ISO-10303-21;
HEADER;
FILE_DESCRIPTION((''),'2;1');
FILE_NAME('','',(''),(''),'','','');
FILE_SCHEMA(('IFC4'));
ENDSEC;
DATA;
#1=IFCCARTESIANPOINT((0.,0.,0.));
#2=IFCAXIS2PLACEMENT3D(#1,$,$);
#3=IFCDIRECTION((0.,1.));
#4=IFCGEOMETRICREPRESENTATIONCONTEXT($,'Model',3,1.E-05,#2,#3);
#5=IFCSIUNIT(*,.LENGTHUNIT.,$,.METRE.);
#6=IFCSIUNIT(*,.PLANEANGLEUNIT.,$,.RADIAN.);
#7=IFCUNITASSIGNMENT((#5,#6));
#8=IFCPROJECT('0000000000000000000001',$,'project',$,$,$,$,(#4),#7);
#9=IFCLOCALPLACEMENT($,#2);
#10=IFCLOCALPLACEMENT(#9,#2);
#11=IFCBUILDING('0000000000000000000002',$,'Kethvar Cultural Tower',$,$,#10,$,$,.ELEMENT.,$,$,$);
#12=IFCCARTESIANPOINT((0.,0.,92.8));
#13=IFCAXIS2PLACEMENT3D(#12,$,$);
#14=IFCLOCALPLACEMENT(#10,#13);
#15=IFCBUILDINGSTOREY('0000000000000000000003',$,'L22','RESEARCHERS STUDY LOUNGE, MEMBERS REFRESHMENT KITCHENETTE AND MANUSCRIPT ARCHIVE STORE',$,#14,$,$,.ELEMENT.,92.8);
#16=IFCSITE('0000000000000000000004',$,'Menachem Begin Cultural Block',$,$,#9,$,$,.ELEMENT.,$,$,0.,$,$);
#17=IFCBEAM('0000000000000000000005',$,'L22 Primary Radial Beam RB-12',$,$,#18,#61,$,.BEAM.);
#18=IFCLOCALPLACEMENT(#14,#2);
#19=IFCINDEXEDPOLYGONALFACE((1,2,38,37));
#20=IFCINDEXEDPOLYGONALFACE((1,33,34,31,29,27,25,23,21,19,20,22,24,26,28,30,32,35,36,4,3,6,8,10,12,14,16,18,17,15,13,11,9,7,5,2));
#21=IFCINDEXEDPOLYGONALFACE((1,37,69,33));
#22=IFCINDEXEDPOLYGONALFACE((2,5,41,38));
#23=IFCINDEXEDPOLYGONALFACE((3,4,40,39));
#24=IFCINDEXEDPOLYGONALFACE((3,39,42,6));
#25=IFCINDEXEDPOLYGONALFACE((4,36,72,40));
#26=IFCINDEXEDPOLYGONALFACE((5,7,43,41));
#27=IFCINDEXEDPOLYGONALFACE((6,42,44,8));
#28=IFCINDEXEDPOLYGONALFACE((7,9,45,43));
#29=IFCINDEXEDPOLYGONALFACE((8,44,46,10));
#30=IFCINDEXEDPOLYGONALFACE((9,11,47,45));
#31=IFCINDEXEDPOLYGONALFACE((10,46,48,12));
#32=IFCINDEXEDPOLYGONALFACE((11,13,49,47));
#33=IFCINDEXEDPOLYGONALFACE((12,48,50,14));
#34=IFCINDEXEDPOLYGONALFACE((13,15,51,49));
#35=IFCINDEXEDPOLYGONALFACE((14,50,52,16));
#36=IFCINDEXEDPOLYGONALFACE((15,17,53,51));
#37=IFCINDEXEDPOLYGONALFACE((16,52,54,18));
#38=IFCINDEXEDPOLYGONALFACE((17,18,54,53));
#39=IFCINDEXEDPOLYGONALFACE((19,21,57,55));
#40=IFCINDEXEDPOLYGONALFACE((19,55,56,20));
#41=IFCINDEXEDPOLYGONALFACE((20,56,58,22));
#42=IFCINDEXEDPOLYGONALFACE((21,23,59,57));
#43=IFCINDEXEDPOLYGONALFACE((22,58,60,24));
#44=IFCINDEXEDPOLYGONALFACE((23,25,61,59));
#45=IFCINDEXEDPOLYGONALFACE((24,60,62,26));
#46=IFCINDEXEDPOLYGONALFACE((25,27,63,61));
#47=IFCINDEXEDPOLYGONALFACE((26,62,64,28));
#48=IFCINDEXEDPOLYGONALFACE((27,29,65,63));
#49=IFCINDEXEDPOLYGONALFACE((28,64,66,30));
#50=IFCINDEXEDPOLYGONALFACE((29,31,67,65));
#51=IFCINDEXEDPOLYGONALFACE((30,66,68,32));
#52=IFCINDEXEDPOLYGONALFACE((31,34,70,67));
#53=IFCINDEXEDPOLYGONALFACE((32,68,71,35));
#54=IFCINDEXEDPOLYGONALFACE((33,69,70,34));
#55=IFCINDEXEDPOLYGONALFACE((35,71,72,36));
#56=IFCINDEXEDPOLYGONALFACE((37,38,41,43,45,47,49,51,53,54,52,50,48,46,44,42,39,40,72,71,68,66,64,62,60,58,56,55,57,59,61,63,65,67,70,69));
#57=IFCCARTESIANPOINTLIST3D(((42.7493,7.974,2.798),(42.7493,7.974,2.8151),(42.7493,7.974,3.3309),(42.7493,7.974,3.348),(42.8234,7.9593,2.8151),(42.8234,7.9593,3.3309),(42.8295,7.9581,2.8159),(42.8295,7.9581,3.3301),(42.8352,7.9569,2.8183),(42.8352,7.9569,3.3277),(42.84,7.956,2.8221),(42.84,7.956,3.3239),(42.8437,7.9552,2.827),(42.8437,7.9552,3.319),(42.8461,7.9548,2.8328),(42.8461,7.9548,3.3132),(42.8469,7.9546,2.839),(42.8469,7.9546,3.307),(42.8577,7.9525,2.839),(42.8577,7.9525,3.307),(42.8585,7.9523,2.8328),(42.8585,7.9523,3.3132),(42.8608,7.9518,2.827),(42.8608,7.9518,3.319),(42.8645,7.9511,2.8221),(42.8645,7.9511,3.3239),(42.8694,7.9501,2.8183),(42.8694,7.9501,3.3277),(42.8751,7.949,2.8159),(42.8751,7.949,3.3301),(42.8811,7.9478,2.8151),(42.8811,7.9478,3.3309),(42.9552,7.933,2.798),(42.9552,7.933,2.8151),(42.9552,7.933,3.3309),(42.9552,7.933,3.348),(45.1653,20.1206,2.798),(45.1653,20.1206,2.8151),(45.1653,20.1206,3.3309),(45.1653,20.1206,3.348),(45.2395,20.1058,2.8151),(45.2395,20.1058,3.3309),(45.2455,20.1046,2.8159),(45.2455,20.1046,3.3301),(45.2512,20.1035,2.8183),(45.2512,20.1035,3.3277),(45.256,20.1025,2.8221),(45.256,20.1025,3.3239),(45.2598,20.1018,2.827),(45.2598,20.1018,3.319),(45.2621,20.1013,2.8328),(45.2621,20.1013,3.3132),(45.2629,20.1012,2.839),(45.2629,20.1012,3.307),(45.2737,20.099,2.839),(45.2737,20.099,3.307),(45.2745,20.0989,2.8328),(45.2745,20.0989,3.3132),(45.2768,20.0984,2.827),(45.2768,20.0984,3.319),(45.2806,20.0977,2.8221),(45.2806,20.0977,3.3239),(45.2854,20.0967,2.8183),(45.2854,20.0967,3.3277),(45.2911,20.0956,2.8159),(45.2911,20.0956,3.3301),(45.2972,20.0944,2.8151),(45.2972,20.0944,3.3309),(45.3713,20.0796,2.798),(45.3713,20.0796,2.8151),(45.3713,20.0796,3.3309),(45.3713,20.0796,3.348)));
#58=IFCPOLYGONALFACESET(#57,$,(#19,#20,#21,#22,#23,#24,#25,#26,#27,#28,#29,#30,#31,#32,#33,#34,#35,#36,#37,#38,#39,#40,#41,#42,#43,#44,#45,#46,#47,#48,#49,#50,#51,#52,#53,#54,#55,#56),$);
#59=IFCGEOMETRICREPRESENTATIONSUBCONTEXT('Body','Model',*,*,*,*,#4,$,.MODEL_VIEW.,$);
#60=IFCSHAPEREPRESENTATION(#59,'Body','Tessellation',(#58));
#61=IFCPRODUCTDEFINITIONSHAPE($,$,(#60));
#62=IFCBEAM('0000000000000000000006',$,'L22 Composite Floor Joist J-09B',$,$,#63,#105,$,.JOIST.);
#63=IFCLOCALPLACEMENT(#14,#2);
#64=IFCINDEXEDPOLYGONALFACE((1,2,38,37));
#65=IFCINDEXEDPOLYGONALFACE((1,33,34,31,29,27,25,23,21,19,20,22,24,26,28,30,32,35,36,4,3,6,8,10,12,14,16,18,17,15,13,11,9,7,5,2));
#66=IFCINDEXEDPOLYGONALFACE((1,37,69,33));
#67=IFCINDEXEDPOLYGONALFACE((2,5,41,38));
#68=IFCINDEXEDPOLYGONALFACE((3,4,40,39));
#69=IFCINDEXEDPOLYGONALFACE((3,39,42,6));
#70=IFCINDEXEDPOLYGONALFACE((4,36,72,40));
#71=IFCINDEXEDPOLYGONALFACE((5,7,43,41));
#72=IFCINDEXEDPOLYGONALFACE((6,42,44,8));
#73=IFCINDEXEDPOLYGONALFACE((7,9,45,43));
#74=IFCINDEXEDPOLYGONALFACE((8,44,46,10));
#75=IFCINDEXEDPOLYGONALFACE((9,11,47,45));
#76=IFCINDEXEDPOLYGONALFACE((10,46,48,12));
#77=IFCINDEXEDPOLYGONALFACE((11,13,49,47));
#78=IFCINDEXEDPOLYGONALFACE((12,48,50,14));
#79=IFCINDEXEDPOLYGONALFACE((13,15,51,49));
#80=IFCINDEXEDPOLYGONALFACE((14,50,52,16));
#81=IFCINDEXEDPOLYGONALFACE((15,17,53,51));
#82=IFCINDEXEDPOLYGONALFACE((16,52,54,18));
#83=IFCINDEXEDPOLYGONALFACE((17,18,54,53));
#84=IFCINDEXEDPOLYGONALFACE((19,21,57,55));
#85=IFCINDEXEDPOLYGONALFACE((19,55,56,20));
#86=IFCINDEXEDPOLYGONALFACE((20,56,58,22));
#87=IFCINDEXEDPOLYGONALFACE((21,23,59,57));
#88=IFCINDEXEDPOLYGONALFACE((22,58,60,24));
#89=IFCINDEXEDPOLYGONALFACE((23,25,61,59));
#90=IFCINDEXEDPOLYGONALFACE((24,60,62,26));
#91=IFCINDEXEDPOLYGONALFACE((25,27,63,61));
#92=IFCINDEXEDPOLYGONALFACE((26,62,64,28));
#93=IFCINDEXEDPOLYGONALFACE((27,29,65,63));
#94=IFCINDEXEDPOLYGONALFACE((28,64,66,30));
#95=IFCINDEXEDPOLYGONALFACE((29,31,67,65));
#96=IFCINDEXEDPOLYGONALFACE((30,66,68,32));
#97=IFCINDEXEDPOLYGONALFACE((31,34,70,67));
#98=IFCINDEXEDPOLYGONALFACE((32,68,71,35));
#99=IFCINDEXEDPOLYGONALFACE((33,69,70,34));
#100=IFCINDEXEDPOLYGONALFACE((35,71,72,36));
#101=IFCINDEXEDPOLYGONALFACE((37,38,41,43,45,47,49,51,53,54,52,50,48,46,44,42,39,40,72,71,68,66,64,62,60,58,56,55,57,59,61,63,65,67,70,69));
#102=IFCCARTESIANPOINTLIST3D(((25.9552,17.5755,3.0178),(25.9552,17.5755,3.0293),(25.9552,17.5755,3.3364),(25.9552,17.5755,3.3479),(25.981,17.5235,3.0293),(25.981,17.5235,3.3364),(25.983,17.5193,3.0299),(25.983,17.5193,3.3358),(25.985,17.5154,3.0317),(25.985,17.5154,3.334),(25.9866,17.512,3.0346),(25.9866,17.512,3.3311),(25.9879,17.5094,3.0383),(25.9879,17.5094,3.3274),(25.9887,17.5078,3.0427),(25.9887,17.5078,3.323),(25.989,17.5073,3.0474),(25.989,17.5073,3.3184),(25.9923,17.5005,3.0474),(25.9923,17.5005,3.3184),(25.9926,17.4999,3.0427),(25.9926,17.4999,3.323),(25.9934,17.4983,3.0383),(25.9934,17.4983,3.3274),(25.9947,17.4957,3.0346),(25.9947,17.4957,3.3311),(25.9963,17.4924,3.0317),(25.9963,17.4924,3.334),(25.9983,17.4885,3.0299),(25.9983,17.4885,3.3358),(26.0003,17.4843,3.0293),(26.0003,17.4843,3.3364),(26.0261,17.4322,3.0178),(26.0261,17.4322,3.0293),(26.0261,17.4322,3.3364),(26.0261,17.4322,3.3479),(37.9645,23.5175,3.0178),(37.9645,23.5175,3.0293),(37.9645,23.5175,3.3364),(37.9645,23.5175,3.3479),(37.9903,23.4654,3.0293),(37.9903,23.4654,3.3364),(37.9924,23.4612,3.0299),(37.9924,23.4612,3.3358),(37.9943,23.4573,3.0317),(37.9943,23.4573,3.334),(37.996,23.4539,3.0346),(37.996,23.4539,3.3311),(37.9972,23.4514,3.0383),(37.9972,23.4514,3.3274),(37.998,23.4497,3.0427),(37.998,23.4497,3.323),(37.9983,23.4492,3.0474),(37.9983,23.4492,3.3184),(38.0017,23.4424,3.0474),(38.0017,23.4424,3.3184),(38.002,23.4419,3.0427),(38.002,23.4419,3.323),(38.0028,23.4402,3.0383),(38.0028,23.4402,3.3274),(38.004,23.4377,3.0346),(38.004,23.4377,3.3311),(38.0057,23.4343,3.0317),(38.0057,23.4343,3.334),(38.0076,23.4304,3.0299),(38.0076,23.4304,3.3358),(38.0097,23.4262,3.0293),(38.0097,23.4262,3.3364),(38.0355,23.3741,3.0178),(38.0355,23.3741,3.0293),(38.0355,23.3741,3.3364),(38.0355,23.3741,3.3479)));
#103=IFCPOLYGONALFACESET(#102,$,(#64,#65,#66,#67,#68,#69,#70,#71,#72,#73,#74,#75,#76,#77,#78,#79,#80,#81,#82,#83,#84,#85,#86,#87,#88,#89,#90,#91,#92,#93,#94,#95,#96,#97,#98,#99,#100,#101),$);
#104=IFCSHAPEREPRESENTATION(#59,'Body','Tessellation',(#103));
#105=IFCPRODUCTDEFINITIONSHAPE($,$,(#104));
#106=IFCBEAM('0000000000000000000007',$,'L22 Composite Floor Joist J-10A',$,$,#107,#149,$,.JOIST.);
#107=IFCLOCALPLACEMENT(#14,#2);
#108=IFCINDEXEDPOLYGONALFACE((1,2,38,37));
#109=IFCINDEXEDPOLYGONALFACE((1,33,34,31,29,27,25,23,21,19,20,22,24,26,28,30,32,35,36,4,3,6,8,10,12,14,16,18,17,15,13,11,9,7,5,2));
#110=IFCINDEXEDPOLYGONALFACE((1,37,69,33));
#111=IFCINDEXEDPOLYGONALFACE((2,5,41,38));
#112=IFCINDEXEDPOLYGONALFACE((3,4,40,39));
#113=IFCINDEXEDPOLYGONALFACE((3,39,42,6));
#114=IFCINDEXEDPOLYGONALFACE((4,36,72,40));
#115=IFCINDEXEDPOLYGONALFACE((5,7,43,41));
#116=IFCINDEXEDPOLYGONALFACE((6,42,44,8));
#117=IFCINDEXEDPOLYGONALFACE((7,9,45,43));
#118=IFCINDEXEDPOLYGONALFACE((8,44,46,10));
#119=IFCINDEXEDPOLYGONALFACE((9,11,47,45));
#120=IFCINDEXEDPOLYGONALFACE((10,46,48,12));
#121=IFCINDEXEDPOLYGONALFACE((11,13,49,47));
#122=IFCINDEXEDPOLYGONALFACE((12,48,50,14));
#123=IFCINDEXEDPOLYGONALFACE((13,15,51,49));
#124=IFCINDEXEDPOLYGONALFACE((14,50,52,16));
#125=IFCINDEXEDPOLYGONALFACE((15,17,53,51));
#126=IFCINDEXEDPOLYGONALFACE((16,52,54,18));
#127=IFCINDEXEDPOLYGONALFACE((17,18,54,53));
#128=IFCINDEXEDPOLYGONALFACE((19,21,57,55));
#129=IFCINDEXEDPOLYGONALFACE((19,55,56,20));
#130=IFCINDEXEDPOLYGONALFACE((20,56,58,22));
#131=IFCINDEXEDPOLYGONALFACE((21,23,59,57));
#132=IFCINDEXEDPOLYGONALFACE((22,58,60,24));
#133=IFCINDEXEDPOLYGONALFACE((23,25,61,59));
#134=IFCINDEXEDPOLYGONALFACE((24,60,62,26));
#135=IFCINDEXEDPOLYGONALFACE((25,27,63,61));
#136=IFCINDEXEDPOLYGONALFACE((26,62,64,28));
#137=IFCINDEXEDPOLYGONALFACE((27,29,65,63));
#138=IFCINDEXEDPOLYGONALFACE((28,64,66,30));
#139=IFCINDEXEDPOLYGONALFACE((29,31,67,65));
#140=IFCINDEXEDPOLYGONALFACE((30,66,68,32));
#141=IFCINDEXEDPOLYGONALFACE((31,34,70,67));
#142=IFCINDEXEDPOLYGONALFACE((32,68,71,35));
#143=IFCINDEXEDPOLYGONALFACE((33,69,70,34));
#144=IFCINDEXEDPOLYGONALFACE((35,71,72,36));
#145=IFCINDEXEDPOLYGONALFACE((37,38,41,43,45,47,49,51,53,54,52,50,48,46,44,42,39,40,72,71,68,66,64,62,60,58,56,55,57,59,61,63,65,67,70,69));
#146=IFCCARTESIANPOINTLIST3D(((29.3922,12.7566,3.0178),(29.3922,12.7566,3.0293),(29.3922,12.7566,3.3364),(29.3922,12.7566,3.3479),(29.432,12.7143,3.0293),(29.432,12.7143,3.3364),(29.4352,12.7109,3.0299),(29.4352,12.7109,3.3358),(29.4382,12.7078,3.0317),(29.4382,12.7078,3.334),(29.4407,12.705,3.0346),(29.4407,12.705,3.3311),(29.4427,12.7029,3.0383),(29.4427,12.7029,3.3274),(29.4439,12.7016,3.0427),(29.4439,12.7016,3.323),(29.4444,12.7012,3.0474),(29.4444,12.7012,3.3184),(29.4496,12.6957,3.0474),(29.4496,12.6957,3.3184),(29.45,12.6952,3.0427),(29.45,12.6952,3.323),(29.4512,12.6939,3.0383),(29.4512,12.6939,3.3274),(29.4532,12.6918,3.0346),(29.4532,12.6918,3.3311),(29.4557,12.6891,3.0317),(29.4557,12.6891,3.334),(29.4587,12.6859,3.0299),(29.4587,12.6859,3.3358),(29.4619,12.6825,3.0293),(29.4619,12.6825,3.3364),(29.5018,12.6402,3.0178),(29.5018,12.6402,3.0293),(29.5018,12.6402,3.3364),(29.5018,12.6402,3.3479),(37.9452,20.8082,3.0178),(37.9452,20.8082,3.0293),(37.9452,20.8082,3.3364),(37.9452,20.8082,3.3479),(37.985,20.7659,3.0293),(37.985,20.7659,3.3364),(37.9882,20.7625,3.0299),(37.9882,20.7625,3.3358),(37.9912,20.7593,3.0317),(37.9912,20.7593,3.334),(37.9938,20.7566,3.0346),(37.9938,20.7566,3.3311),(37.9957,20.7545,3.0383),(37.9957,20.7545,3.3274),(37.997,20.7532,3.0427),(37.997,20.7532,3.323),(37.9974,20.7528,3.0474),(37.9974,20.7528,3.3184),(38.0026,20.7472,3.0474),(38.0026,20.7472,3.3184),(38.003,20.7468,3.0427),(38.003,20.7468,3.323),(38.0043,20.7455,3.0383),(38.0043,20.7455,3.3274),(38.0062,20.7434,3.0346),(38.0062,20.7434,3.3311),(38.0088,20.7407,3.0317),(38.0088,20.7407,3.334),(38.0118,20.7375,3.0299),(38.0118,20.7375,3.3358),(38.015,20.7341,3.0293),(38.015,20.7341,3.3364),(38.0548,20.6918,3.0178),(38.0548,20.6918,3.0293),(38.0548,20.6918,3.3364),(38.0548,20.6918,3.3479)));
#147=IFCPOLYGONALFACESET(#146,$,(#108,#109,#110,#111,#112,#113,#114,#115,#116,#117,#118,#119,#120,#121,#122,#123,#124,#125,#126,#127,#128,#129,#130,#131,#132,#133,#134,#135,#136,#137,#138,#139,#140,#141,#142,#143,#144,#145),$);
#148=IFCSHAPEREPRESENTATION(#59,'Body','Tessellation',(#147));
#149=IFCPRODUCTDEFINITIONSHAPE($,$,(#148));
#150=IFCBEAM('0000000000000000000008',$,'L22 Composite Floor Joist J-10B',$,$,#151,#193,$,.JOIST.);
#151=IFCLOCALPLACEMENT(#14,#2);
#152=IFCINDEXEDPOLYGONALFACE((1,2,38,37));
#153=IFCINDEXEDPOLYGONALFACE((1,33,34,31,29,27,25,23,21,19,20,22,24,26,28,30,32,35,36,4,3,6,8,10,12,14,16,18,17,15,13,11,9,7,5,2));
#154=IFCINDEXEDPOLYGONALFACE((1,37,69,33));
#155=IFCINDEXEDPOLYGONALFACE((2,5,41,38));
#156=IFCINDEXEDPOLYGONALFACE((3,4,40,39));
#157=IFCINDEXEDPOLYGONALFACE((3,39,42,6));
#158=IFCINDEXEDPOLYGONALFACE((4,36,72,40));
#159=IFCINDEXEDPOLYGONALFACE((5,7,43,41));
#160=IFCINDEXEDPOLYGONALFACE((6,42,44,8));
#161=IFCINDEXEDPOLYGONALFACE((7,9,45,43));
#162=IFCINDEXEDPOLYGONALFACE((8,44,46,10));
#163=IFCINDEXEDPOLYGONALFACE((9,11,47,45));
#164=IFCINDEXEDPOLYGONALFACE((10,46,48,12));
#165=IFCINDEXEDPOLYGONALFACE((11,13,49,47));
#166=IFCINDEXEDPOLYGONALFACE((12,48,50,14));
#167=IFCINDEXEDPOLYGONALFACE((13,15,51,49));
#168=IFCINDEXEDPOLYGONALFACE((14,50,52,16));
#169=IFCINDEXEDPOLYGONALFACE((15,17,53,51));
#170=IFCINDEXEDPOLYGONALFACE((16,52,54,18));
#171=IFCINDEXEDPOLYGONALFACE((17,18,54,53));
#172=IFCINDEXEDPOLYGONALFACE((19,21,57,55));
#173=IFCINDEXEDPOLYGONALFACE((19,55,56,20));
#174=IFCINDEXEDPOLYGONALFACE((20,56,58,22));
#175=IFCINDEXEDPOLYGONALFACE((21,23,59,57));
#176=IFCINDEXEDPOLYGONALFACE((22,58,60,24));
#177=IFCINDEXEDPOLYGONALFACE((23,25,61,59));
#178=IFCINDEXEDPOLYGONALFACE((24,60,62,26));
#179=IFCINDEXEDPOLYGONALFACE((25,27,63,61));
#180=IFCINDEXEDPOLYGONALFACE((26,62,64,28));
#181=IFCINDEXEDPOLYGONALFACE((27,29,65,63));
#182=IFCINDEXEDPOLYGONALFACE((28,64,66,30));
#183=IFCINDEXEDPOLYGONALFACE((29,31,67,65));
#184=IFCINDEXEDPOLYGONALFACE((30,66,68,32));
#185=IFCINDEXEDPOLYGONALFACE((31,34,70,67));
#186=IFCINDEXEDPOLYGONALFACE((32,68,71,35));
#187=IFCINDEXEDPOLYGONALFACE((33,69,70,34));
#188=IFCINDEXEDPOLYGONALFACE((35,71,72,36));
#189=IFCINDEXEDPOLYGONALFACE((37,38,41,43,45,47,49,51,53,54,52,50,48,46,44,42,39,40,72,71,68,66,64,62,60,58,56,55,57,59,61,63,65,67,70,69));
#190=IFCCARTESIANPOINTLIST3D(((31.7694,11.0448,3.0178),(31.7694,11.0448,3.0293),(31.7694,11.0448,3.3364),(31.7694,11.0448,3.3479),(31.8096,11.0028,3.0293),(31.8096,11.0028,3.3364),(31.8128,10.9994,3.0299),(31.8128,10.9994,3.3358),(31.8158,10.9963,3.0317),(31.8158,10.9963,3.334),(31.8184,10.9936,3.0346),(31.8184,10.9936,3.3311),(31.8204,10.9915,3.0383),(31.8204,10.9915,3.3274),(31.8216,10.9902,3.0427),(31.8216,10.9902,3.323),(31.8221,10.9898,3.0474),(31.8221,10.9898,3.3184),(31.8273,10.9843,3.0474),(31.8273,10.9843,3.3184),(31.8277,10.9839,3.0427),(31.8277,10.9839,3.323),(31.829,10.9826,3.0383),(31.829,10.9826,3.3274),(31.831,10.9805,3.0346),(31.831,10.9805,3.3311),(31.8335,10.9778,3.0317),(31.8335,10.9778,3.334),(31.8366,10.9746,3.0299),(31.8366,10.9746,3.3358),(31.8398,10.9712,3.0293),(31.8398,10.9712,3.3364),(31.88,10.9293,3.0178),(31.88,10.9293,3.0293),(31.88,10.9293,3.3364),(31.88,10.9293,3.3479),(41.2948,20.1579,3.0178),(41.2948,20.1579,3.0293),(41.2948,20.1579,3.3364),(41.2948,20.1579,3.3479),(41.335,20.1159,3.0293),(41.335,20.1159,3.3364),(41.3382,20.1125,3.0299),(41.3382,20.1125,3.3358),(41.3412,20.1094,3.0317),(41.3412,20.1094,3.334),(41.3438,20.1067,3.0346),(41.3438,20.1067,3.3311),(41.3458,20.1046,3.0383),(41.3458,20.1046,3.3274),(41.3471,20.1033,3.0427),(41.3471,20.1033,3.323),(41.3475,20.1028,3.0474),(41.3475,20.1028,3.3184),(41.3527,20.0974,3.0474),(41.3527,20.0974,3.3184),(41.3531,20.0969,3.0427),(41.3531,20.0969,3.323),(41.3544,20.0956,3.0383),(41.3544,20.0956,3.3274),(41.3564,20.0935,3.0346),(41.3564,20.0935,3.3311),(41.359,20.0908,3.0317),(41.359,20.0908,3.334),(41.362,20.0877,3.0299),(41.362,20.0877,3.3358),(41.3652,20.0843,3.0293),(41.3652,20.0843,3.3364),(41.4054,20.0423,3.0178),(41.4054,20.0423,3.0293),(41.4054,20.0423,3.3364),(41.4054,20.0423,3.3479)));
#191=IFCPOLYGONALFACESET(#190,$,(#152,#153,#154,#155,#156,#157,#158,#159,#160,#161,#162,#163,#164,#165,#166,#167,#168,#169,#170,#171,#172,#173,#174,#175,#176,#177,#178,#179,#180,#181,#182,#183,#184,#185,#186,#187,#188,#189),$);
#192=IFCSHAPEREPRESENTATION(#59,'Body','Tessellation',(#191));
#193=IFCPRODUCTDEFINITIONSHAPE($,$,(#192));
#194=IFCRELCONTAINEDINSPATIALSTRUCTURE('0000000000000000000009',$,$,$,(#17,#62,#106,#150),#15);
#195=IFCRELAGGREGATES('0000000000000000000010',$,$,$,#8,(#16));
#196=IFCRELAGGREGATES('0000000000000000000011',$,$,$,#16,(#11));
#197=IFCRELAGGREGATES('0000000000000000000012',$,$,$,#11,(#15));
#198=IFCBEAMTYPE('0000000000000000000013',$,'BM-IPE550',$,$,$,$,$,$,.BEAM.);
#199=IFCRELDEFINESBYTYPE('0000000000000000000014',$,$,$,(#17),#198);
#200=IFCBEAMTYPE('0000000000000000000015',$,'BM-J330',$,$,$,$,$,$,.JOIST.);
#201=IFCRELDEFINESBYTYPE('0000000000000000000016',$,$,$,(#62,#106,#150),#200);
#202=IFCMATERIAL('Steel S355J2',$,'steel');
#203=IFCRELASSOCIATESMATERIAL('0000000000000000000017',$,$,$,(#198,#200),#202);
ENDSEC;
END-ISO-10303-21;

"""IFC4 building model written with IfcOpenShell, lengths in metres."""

from ifc_helpers import new_model, si_unit, direction, frame, origin, origin_2d, place, context, subcontext, project, spatial, i_section, extrude, source, transform, mapped, material, material_profile, profile_set, type_object, element, save


model = new_model("IFC4")

# Units and contexts
model_context = context("Model", 3, precision=1e-05, world=origin(), true_north=direction((0.0, 1.0)))
body_context = subcontext(model_context, "Body", "Model", "MODEL_VIEW")
ifc_project = project(units=[si_unit("LENGTHUNIT", "METRE"), si_unit("PLANEANGLEUNIT", "RADIAN")], contexts=[model_context])

# Site, building, storey
site_placement = place(None, origin())
site = spatial("IfcSite", under=ifc_project, at=site_placement, Name="Menachem Begin Cultural Block", CompositionType="ELEMENT", RefElevation=0.0)
building_placement = place(site_placement, origin())
building = spatial("IfcBuilding", under=site, at=building_placement, Name="Kethvar Cultural Tower", CompositionType="ELEMENT")
storey_placement = place(building_placement, frame((0.0, 0.0, 92.8)))
storey = spatial("IfcBuildingStorey", under=building, at=storey_placement, Name="L22", Description="RESEARCHERS STUDY LOUNGE, MEMBERS REFRESHMENT KITCHENETTE AND MANUSCRIPT ARCHIVE STORE", CompositionType="ELEMENT", Elevation=92.8)

# Beams
ifc_material_1 = material(Name="Steel S355J2", Category="steel")
ifc_material_profile_1 = material_profile(ifc_material_1, i_section(OverallWidth=0.21, OverallDepth=0.55, WebThickness=0.011, FlangeThickness=0.0171, FilletRadius=0.0239, at=origin_2d()), Name="Steel S355J2 — IPE550")
ifc_profile_set_1 = profile_set([ifc_material_profile_1], Name="Steel S355J2 — IPE550")
beam_type_1 = type_object("IfcBeamType", Name="BM-IPE550", PredefinedType="BEAM", material=ifc_profile_set_1)
shared_shape_1 = source(origin(), body_context, "Body", "SweptSolid", [
    extrude(i_section(OverallWidth=0.21, OverallDepth=0.55, WebThickness=0.011, FlangeThickness=0.0171, FilletRadius=0.0239, at=origin_2d()), origin(), (0.0, 0.0, 1.0), 12.3845),
])
beam_1_placement = place(storey_placement, frame((45.2683, 20.1001, 3.073), z_axis=(-0.195085, -0.980786, 0.0), x_axis=(0.980786, -0.195085, 0.0)))
element("IfcBeam", 1, at=beam_1_placement, inside=storey, type_object=beam_type_1, Name="L22 Primary Radial Beam RB-12", PredefinedType="BEAM", context=body_context, shape_type="MappedRepresentation", body=[
    mapped(shared_shape_1, transform((0.0, 0.0, 0.0), scale=1.0)),
])
ifc_material_profile_2 = material_profile(ifc_material_1, i_section(OverallWidth=0.1599, OverallDepth=0.3301, WebThickness=0.0076, FlangeThickness=0.0115, FilletRadius=0.0181, at=origin_2d()), Name="Steel S355J2 — IPE330")
ifc_profile_set_2 = profile_set([ifc_material_profile_2], Name="Steel S355J2 — IPE330")
beam_type_2 = type_object("IfcBeamType", Name="BM-J330", PredefinedType="JOIST", material=ifc_profile_set_2)
shared_shape_2 = source(origin(), body_context, "Body", "SweptSolid", [
    extrude(i_section(OverallWidth=0.1599, OverallDepth=0.3301, WebThickness=0.0076, FlangeThickness=0.0115, FilletRadius=0.0181, at=origin_2d()), origin(), (0.0, 0.0, 1.0), 13.3989),
])
beam_2_placement = place(storey_placement, frame((38.0, 23.4458, 3.1829), z_axis=(-0.896292, -0.443463, 0.0), x_axis=(0.443463, -0.896292, 0.0)))
element("IfcBeam", 2, at=beam_2_placement, inside=storey, type_object=beam_type_2, Name="L22 Composite Floor Joist J-09B", PredefinedType="JOIST", context=body_context, shape_type="MappedRepresentation", body=[
    mapped(shared_shape_2, transform((0.0, 0.0, 0.0), scale=1.0)),
])
shared_shape_3 = source(origin(), body_context, "Body", "SweptSolid", [
    extrude(i_section(OverallWidth=0.1599, OverallDepth=0.3301, WebThickness=0.0076, FlangeThickness=0.0115, FilletRadius=0.0181, at=origin_2d()), origin(), (0.0, 0.0, 1.0), 11.7466),
])
beam_3_placement = place(storey_placement, frame((38.0, 20.75, 3.1829), z_axis=(-0.72813, -0.685439, 0.0), x_axis=(0.685439, -0.72813, 0.0)))
element("IfcBeam", 3, at=beam_3_placement, inside=storey, type_object=beam_type_2, Name="L22 Composite Floor Joist J-10A", PredefinedType="JOIST", context=body_context, shape_type="MappedRepresentation", body=[
    mapped(shared_shape_3, transform((0.0, 0.0, 0.0), scale=1.0)),
])
shared_shape_4 = source(origin(), body_context, "Body", "SweptSolid", [
    extrude(i_section(OverallWidth=0.1599, OverallDepth=0.3301, WebThickness=0.0076, FlangeThickness=0.0115, FilletRadius=0.0181, at=origin_2d()), origin(), (0.0, 0.0, 1.0), 13.1826),
])
beam_4_placement = place(storey_placement, frame((41.3501, 20.1001, 3.1829), z_axis=(-0.722574, -0.691294, 0.0), x_axis=(0.691294, -0.722574, 0.0)))
element("IfcBeam", 4, at=beam_4_placement, inside=storey, type_object=beam_type_2, Name="L22 Composite Floor Joist J-10B", PredefinedType="JOIST", context=body_context, shape_type="MappedRepresentation", body=[
    mapped(shared_shape_4, transform((0.0, 0.0, 0.0), scale=1.0)),
])

save(model, "model.ifc")
